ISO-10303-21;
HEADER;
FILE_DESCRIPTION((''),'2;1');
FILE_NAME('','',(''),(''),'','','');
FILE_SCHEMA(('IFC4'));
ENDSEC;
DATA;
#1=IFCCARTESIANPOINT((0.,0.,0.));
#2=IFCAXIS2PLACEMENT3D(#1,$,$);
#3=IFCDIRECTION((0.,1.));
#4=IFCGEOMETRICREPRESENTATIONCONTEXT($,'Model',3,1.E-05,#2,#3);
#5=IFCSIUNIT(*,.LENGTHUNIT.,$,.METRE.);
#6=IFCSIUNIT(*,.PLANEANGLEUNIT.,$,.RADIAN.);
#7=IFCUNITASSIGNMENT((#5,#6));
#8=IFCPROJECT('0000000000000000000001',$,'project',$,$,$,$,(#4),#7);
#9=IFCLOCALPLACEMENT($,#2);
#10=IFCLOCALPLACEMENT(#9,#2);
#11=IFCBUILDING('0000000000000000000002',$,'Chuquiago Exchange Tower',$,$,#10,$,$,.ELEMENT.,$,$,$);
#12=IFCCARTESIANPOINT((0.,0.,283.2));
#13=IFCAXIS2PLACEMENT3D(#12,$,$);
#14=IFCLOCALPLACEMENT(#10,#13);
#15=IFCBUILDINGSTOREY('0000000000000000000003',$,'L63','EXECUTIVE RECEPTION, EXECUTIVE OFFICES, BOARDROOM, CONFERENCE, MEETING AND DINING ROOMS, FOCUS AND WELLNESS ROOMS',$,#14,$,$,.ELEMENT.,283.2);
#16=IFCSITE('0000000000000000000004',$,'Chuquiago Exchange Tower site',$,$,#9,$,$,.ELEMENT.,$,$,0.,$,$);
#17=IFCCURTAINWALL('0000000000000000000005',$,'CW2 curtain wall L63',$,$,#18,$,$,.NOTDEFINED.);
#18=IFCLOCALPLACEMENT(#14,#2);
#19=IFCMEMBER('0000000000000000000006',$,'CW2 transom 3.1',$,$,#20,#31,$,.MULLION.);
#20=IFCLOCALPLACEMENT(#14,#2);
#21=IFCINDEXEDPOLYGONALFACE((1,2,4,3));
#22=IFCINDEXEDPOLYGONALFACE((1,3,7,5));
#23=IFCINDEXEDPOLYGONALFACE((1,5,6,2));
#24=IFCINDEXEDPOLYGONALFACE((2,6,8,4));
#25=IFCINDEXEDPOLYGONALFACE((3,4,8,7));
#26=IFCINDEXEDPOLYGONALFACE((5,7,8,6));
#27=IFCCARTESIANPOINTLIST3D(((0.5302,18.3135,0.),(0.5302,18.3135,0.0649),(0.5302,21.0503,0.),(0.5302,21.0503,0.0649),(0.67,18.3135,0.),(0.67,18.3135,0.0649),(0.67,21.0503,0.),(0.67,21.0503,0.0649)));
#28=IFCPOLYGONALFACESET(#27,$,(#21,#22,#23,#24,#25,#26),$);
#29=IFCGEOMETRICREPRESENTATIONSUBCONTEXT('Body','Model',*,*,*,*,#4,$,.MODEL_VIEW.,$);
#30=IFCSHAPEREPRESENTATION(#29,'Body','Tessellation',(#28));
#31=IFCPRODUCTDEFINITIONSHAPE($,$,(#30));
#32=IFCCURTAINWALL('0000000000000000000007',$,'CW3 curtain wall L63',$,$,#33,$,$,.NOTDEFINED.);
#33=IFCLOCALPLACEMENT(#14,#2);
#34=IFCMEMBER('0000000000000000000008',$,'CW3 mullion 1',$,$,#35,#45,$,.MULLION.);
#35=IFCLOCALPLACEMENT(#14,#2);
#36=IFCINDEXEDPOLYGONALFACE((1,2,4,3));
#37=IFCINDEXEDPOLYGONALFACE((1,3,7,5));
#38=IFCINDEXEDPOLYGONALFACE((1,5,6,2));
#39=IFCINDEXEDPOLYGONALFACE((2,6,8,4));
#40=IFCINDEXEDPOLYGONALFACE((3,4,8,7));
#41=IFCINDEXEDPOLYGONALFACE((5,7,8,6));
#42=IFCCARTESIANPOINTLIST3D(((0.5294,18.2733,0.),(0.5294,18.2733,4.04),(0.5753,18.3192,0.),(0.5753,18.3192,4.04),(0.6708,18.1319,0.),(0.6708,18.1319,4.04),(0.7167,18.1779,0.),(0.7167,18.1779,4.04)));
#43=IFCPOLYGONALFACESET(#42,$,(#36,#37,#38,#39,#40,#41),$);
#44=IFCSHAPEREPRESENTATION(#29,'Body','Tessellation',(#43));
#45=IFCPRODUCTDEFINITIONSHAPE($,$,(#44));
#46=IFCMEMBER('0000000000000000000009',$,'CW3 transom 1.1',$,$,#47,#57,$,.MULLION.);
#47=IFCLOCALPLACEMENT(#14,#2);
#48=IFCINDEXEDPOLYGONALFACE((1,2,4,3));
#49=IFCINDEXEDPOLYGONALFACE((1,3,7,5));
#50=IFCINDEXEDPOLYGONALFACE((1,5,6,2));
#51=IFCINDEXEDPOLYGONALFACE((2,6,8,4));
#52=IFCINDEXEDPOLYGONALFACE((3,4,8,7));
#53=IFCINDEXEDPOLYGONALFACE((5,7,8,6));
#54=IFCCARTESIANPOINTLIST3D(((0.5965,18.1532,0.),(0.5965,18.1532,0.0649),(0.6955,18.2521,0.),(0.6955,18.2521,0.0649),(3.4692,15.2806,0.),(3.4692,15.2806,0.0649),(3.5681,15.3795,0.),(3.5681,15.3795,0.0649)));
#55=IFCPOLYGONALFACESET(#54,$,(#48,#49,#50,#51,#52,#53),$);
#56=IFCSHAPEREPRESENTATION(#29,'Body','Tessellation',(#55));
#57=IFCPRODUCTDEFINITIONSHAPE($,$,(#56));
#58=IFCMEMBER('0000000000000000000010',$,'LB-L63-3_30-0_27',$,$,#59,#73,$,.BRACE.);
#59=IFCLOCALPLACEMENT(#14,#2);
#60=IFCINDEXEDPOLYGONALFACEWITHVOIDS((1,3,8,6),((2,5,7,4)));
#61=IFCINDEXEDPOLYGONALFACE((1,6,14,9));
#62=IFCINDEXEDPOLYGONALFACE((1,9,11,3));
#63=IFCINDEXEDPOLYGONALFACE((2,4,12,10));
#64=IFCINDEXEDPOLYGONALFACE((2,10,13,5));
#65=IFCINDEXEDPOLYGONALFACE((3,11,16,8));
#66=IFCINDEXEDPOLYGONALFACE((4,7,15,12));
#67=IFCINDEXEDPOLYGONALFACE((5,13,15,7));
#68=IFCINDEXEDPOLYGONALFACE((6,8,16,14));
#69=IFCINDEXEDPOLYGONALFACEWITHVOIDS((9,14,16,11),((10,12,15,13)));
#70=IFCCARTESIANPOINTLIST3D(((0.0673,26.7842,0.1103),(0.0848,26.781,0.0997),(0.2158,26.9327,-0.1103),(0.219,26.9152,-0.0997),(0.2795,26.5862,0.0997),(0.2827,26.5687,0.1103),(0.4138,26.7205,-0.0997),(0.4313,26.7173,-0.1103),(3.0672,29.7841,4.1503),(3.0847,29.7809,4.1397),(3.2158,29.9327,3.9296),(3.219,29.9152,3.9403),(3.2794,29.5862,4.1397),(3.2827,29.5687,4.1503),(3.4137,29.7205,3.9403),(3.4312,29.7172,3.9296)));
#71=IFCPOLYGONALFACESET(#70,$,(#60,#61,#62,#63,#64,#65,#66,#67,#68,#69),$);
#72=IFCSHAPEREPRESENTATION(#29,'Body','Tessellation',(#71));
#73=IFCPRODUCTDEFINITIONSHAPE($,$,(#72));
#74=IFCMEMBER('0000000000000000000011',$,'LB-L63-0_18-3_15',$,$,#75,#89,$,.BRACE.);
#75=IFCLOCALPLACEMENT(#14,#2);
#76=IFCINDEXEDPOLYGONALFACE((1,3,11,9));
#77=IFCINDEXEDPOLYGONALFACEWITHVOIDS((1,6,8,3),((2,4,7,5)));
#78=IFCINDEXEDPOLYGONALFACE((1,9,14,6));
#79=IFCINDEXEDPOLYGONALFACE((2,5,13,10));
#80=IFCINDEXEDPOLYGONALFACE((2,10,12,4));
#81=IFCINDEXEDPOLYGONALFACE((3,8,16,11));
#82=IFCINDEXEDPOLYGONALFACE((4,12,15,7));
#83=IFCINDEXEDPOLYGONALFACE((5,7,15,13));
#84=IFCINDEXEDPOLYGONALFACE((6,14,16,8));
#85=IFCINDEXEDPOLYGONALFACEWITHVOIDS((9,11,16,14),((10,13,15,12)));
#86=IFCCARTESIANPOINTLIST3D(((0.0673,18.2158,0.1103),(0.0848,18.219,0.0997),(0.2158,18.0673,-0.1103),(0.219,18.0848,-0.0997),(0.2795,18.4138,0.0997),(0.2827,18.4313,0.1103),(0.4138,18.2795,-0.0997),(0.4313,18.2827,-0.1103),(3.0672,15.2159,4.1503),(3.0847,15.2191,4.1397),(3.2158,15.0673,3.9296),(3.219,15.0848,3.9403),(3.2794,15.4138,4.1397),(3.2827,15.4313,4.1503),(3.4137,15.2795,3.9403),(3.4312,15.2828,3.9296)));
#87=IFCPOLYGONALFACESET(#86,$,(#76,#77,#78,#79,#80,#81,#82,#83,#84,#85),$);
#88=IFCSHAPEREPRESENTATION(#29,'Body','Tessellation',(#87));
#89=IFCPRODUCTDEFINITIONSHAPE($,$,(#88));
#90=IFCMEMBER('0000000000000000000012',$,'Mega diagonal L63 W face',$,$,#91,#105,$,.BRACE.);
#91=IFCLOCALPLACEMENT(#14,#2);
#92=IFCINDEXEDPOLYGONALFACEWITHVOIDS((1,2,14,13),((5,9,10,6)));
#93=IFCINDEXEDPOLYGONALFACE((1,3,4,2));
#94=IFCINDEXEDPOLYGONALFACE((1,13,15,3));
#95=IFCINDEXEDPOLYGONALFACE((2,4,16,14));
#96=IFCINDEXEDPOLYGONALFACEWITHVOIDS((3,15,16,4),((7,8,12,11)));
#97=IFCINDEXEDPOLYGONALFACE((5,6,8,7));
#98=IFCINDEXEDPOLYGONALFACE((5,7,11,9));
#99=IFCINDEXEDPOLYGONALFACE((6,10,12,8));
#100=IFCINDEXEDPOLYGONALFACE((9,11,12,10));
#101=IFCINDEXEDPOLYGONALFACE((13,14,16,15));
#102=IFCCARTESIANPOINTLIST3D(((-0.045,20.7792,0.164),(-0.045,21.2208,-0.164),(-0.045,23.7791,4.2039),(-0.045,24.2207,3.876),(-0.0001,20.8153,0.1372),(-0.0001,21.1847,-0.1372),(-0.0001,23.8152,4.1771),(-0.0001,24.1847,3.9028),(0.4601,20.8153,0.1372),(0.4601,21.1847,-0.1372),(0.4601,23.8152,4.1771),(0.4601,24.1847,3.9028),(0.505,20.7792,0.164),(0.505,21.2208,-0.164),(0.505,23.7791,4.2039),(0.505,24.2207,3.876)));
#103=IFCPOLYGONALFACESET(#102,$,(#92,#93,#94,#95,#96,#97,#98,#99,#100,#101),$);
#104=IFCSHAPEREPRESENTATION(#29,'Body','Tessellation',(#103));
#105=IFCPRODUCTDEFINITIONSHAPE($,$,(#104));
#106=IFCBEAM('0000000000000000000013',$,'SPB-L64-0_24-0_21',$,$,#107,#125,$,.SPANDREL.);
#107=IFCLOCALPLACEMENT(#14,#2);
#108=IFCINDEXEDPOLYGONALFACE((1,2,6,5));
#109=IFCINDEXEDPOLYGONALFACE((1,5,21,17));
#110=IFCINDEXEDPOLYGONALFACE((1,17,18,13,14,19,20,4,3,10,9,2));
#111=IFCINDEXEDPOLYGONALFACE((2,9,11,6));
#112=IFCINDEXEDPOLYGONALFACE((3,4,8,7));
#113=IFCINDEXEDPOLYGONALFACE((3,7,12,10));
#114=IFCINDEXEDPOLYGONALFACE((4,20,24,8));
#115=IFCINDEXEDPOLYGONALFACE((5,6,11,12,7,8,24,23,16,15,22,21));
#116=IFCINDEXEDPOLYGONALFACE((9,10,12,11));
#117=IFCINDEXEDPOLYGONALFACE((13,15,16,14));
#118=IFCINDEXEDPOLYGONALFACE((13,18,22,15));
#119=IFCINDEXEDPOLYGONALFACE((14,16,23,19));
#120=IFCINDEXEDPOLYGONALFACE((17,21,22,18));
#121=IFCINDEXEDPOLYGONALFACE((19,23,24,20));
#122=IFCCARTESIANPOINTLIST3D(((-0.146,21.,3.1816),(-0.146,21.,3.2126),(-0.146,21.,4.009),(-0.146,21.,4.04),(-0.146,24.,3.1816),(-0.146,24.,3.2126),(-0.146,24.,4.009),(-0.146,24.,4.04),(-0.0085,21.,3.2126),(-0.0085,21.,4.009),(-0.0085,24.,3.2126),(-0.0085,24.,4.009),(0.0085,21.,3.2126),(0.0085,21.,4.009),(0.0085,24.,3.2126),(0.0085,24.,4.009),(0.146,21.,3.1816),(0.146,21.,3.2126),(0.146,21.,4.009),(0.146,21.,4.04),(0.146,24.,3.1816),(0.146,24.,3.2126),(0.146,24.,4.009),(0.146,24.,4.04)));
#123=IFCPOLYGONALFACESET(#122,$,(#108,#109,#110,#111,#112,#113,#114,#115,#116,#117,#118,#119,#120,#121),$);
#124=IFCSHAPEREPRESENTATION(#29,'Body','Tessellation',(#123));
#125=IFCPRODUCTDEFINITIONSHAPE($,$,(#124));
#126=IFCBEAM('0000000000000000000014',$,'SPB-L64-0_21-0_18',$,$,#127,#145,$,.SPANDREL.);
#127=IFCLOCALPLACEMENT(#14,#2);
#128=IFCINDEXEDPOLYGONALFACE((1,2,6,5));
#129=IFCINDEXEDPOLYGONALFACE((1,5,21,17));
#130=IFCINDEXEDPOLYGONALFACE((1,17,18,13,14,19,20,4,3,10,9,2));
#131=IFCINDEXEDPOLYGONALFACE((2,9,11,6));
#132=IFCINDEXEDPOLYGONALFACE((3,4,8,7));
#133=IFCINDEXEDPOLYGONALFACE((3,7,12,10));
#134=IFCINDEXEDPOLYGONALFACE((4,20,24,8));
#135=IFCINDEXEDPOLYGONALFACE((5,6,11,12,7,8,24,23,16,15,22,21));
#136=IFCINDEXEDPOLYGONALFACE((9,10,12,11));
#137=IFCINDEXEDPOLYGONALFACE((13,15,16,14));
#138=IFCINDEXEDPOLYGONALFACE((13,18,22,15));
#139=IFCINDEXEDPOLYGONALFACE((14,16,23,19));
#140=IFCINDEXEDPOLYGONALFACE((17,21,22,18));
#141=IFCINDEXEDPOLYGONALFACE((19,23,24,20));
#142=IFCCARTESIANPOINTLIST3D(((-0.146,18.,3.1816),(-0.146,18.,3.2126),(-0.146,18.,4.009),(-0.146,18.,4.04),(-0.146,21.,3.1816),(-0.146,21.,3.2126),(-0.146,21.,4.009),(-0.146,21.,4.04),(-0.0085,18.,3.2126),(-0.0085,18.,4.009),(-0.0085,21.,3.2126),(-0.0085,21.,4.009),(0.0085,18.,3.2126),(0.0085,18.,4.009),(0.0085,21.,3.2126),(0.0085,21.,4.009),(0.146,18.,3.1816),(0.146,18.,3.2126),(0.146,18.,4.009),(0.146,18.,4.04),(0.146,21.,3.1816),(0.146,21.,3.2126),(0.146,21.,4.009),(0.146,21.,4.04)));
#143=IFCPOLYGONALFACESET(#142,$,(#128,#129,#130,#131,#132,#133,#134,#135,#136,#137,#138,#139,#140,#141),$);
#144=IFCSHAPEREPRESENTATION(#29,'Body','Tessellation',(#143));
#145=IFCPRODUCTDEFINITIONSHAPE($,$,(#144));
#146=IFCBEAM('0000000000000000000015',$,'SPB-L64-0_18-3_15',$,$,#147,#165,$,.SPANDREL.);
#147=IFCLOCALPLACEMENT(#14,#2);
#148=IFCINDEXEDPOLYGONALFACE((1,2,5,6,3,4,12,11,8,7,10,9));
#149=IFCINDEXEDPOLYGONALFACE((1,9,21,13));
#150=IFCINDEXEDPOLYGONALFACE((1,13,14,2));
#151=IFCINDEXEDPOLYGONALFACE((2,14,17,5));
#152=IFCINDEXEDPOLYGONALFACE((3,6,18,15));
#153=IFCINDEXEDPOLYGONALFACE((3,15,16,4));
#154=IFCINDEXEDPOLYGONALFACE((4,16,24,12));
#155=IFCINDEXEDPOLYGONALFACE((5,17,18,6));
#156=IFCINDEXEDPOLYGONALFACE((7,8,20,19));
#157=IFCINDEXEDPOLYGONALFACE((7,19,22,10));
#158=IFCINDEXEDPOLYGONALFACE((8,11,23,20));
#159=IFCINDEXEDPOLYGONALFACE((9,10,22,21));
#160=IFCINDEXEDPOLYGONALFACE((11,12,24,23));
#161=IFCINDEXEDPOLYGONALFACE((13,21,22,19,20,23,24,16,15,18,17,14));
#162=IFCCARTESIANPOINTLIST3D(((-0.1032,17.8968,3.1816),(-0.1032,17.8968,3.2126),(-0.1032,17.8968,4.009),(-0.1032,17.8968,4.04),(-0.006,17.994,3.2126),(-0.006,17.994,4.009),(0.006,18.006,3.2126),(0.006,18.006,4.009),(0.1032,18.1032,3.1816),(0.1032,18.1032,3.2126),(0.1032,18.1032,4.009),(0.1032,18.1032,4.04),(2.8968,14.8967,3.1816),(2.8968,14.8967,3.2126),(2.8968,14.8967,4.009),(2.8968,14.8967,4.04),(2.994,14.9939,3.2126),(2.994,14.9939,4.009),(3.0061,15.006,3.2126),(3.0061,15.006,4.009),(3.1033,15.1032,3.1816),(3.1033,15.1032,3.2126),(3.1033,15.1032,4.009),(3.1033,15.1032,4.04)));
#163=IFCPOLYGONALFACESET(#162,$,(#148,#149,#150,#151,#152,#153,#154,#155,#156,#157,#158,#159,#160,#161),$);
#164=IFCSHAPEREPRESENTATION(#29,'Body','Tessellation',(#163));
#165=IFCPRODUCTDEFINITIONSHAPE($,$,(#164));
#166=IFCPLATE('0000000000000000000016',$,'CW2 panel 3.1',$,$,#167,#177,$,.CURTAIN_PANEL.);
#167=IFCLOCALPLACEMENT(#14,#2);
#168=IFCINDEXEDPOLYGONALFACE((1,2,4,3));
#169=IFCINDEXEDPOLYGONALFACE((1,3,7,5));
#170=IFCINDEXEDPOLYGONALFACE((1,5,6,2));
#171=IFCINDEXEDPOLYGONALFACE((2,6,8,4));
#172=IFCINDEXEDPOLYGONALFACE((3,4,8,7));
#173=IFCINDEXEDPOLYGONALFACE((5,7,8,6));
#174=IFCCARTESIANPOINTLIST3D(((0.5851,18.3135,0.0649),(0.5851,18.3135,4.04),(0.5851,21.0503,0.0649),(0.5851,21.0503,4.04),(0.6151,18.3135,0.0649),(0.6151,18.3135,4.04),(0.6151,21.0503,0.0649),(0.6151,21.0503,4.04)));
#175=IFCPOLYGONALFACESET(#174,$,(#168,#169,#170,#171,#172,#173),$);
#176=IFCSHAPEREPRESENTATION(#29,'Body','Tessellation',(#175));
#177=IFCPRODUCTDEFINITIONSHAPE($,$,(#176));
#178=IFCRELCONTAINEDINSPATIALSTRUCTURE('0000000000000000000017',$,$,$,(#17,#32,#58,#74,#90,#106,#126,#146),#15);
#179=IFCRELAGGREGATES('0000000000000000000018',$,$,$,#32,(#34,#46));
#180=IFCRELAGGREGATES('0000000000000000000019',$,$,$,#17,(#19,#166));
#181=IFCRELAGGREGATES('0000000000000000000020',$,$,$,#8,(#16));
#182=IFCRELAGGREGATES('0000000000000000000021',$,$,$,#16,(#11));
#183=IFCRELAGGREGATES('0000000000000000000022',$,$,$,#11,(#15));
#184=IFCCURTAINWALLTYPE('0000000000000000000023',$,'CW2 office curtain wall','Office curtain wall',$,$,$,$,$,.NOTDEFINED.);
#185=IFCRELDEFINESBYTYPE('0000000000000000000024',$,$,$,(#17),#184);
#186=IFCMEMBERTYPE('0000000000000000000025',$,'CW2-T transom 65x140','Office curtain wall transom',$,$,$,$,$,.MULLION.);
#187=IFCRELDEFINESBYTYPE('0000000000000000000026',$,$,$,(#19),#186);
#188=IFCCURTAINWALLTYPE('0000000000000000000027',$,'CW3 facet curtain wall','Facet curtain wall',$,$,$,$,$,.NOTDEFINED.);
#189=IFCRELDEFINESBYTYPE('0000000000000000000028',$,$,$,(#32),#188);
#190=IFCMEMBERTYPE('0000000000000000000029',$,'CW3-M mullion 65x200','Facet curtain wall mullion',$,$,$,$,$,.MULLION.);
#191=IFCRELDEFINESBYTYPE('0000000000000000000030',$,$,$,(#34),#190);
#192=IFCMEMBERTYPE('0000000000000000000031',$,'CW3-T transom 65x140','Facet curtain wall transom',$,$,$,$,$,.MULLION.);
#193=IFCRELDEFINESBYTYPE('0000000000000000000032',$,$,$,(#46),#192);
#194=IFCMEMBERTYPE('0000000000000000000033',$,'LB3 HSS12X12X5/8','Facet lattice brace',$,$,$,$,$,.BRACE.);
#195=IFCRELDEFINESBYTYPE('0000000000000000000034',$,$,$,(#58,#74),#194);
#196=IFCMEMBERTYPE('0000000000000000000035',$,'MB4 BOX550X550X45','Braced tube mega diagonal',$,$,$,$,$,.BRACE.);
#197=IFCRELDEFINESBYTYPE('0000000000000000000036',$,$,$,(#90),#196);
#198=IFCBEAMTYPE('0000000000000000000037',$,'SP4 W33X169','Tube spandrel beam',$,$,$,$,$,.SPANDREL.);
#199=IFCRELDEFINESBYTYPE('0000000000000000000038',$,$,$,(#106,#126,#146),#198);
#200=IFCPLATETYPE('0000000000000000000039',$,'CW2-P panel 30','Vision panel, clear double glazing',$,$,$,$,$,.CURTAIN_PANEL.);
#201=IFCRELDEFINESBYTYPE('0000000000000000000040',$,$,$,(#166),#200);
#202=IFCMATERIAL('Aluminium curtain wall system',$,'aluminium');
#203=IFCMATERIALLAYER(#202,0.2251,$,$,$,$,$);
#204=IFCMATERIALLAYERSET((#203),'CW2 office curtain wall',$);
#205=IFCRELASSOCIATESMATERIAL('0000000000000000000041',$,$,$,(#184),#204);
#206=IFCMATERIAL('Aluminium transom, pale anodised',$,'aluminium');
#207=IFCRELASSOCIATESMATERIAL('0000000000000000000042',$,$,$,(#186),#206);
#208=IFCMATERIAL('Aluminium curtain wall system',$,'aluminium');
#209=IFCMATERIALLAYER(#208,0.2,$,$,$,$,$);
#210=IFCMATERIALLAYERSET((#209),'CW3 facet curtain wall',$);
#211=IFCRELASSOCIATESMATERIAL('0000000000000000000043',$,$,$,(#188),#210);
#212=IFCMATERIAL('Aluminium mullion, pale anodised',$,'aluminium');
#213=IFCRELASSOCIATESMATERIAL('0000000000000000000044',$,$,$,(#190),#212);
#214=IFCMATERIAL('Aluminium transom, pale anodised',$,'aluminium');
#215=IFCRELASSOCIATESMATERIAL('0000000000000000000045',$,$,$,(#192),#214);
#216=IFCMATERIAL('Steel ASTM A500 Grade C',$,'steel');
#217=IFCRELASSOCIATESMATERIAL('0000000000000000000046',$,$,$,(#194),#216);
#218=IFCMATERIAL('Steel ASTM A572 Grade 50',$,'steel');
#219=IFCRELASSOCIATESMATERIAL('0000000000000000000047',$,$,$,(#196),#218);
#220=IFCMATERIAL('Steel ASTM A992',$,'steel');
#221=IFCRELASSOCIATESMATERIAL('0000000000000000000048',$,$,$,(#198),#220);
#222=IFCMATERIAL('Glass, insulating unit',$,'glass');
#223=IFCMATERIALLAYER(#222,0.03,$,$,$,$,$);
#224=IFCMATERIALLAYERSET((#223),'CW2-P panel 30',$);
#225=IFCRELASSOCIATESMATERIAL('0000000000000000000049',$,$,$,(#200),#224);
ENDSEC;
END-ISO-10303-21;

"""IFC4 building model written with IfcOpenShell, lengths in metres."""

from ifc_helpers import new_model, si_unit, direction, frame, origin, origin_2d, place, context, subcontext, project, spatial, rectangle, hollow_rectangle, i_section, extrude, material, layer, layer_set, material_profile, profile_set, type_object, element, aggregate, save


model = new_model("IFC4")

# Units and contexts
model_context = context("Model", 3, precision=1e-05, world=origin(), true_north=direction((0.0, 1.0)))
body_context = subcontext(model_context, "Body", "Model", "MODEL_VIEW")
ifc_project = project(units=[si_unit("LENGTHUNIT", "METRE"), si_unit("PLANEANGLEUNIT", "RADIAN")], contexts=[model_context])

# Site, building, storey
site_placement = place(None, origin())
site = spatial("IfcSite", under=ifc_project, at=site_placement, Name="Chuquiago Exchange Tower site", CompositionType="ELEMENT", RefElevation=0.0)
building_placement = place(site_placement, origin())
building = spatial("IfcBuilding", under=site, at=building_placement, Name="Chuquiago Exchange Tower", CompositionType="ELEMENT")
storey_placement = place(building_placement, frame((0.0, 0.0, 283.2)))
storey = spatial("IfcBuildingStorey", under=building, at=storey_placement, Name="L63", Description="EXECUTIVE RECEPTION, EXECUTIVE OFFICES, BOARDROOM, CONFERENCE, MEETING AND DINING ROOMS, FOCUS AND WELLNESS ROOMS", CompositionType="ELEMENT", Elevation=283.2)

# Curtain walls, members
ifc_material_1 = material(Name="Aluminium curtain wall system", Category="aluminium")
ifc_layer_1 = layer(ifc_material_1, 0.2251)
ifc_layer_set_1 = layer_set([ifc_layer_1], Name="CW2 office curtain wall")
curtain_wall_type_1 = type_object("IfcCurtainWallType", Name="CW2 office curtain wall", Description="Office curtain wall", PredefinedType="NOTDEFINED", material=ifc_layer_set_1)
curtain_wall_1_placement = place(storey_placement, origin())
curtain_wall_1 = element("IfcCurtainWall", 1, at=curtain_wall_1_placement, inside=storey, type_object=curtain_wall_type_1, Name="CW2 curtain wall L63", PredefinedType="NOTDEFINED")
ifc_material_2 = material(Name="Aluminium transom, pale anodised", Category="aluminium")
ifc_material_profile_1 = material_profile(ifc_material_2, rectangle(XDim=0.1399, YDim=0.0649, at=origin_2d()), Name="AL 140x65")
ifc_profile_set_1 = profile_set([ifc_material_profile_1], Name="Aluminium transom, pale anodised")
member_type_1 = type_object("IfcMemberType", Name="CW2-T transom 65x140", Description="Office curtain wall transom", PredefinedType="MULLION", material=ifc_profile_set_1)
member_1_placement = place(storey_placement, frame((0.6001, 21.0503, 0.0325), z_axis=(0.0, -1.0, 0.0), x_axis=(1.0, 0.0, 0.0)))
member_1 = element("IfcMember", 2, at=member_1_placement, type_object=member_type_1, Name="CW2 transom 3.1", PredefinedType="MULLION", context=body_context, shape_type="SweptSolid", body=[
    extrude(rectangle(XDim=0.1399, YDim=0.0649, at=origin_2d()), origin(), (0.0, 0.0, 1.0), 2.7368),
])
ifc_material_3 = material(Name="Aluminium curtain wall system", Category="aluminium")
ifc_layer_2 = layer(ifc_material_3, 0.2)
ifc_layer_set_2 = layer_set([ifc_layer_2], Name="CW3 facet curtain wall")
curtain_wall_type_2 = type_object("IfcCurtainWallType", Name="CW3 facet curtain wall", Description="Facet curtain wall", PredefinedType="NOTDEFINED", material=ifc_layer_set_2)
curtain_wall_2_placement = place(storey_placement, origin())
curtain_wall_2 = element("IfcCurtainWall", 3, at=curtain_wall_2_placement, inside=storey, type_object=curtain_wall_type_2, Name="CW3 curtain wall L63", PredefinedType="NOTDEFINED")
ifc_material_4 = material(Name="Aluminium mullion, pale anodised", Category="aluminium")
ifc_material_profile_2 = material_profile(ifc_material_4, rectangle(XDim=0.0649, YDim=0.2, at=origin_2d()), Name="AL 65x200")
ifc_profile_set_2 = profile_set([ifc_material_profile_2], Name="Aluminium mullion, pale anodised")
member_type_2 = type_object("IfcMemberType", Name="CW3-M mullion 65x200", Description="Facet curtain wall mullion", PredefinedType="MULLION", material=ifc_profile_set_2)
member_2_placement = place(storey_placement, frame((0.623, 18.2256, 0.0), z_axis=(0.0, 0.0, 1.0), x_axis=(0.707107, 0.707107, 0.0)))
member_2 = element("IfcMember", 4, at=member_2_placement, type_object=member_type_2, Name="CW3 mullion 1", PredefinedType="MULLION", context=body_context, shape_type="SweptSolid", body=[
    extrude(rectangle(XDim=0.0649, YDim=0.2, at=origin_2d()), origin(), (0.0, 0.0, 1.0), 4.04),
])
ifc_material_5 = material(Name="Aluminium transom, pale anodised", Category="aluminium")
ifc_material_profile_3 = material_profile(ifc_material_5, rectangle(XDim=0.1399, YDim=0.0649, at=origin_2d()), Name="AL 140x65")
ifc_profile_set_3 = profile_set([ifc_material_profile_3], Name="Aluminium transom, pale anodised")
member_type_3 = type_object("IfcMemberType", Name="CW3-T transom 65x140", Description="Facet curtain wall transom", PredefinedType="MULLION", material=ifc_profile_set_3)
member_3_placement = place(storey_placement, frame((0.646, 18.2026, 0.0325), z_axis=(0.707107, -0.707107, 0.0), x_axis=(0.707107, 0.707107, 0.0)))
member_3 = element("IfcMember", 5, at=member_3_placement, type_object=member_type_3, Name="CW3 transom 1.1", PredefinedType="MULLION", context=body_context, shape_type="SweptSolid", body=[
    extrude(rectangle(XDim=0.1399, YDim=0.0649, at=origin_2d()), origin(), (0.0, 0.0, 1.0), 4.0625),
])
aggregate(curtain_wall_2, [member_2, member_3])

# Members
ifc_material_6 = material(Name="Steel ASTM A500 Grade C", Category="steel")
ifc_material_profile_4 = material_profile(ifc_material_6, hollow_rectangle(XDim=0.3047, YDim=0.3047, WallThickness=0.0146, at=origin_2d()), Name="HSS12X12X5/8")
ifc_profile_set_4 = profile_set([ifc_material_profile_4], Name="Steel ASTM A500 Grade C")
member_type_4 = type_object("IfcMemberType", Name="LB3 HSS12X12X5/8", Description="Facet lattice brace", PredefinedType="BRACE", material=ifc_profile_set_4)
for number, where, z_axis, x_axis, name in (
    (6, (0.2493, 26.7507, 0.0), (0.512077, 0.512077, 0.689604), (-0.707107, 0.707107, 0.0), "LB-L63-3_30-0_27"),
    (7, (0.2493, 18.2493, 0.0), (0.512077, -0.512077, 0.689604), (0.707107, 0.707107, 0.0), "LB-L63-0_18-3_15"),
):
    element("IfcMember", number, at=place(storey_placement, frame(where, z_axis=z_axis, x_axis=x_axis)), inside=storey, type_object=member_type_4, Name=name, PredefinedType="BRACE", context=body_context, shape_type="SweptSolid", body=[
        extrude(hollow_rectangle(XDim=0.3047, YDim=0.3047, WallThickness=0.0146, at=origin_2d()), origin(), (0.0, 0.0, 1.0), 5.8584),
    ])
ifc_material_7 = material(Name="Steel ASTM A572 Grade 50", Category="steel")
ifc_material_profile_5 = material_profile(ifc_material_7, hollow_rectangle(XDim=0.55, YDim=0.55, WallThickness=0.0449, at=origin_2d()), Name="BOX550X550X45")
ifc_profile_set_5 = profile_set([ifc_material_profile_5], Name="Steel ASTM A572 Grade 50")
member_type_5 = type_object("IfcMemberType", Name="MB4 BOX550X550X45", Description="Braced tube mega diagonal", PredefinedType="BRACE", material=ifc_profile_set_5)
member_4_placement = place(storey_placement, frame((0.23, 21.0, 0.0), z_axis=(0.0, 0.596174, 0.802855), x_axis=(-1.0, 0.0, 0.0)))
element("IfcMember", 8, at=member_4_placement, inside=storey, type_object=member_type_5, Name="Mega diagonal L63 W face", PredefinedType="BRACE", context=body_context, shape_type="SweptSolid", body=[
    extrude(hollow_rectangle(XDim=0.55, YDim=0.55, WallThickness=0.0449, at=origin_2d()), origin(), (0.0, 0.0, 1.0), 5.032),
])

# Beams
ifc_material_8 = material(Name="Steel ASTM A992", Category="steel")
ifc_material_profile_6 = material_profile(ifc_material_8, i_section(OverallWidth=0.292, OverallDepth=0.8584, WebThickness=0.0171, FlangeThickness=0.031, at=origin_2d()), Name="W33X169")
ifc_profile_set_6 = profile_set([ifc_material_profile_6], Name="Steel ASTM A992")
beam_type_1 = type_object("IfcBeamType", Name="SP4 W33X169", Description="Tube spandrel beam", PredefinedType="SPANDREL", material=ifc_profile_set_6)
for number, where, z_axis, x_axis, name in (
    (9, (0.0, 24.0, 3.6108), (0.0, -1.0, 0.0), (1.0, 0.0, 0.0), "SPB-L64-0_24-0_21"),
    (10, (0.0, 21.0, 3.6108), (0.0, -1.0, 0.0), (1.0, 0.0, 0.0), "SPB-L64-0_21-0_18"),
):
    element("IfcBeam", number, at=place(storey_placement, frame(where, z_axis=z_axis, x_axis=x_axis)), inside=storey, type_object=beam_type_1, Name=name, PredefinedType="SPANDREL", context=body_context, shape_type="SweptSolid", body=[
        extrude(i_section(OverallWidth=0.292, OverallDepth=0.8584, WebThickness=0.0171, FlangeThickness=0.031, at=origin_2d()), origin(), (0.0, 0.0, 1.0), 3.0),
    ])
beam_placement = place(storey_placement, frame((0.0, 18.0, 3.6108), z_axis=(0.707107, -0.707107, 0.0), x_axis=(0.707107, 0.707107, 0.0)))
element("IfcBeam", 11, at=beam_placement, inside=storey, type_object=beam_type_1, Name="SPB-L64-0_18-3_15", PredefinedType="SPANDREL", context=body_context, shape_type="SweptSolid", body=[
    extrude(i_section(OverallWidth=0.292, OverallDepth=0.8584, WebThickness=0.0171, FlangeThickness=0.031, at=origin_2d()), origin(), (0.0, 0.0, 1.0), 4.2427),
])

# Plate
ifc_material_9 = material(Name="Glass, insulating unit", Category="glass")
ifc_layer_3 = layer(ifc_material_9, 0.03)
ifc_layer_set_3 = layer_set([ifc_layer_3], Name="CW2-P panel 30")
plate_type_1 = type_object("IfcPlateType", Name="CW2-P panel 30", Description="Vision panel, clear double glazing", PredefinedType="CURTAIN_PANEL", material=ifc_layer_set_3)
plate_1_placement = place(storey_placement, frame((0.6001, 19.6819, 0.0649), z_axis=(0.0, 0.0, 1.0), x_axis=(0.0, -1.0, 0.0)))
plate_1 = element("IfcPlate", 12, at=plate_1_placement, type_object=plate_type_1, Name="CW2 panel 3.1", PredefinedType="CURTAIN_PANEL", context=body_context, shape_type="SweptSolid", body=[
    extrude(rectangle(XDim=2.7368, YDim=0.03, at=origin_2d()), origin(), (0.0, 0.0, 1.0), 3.9751),
])
aggregate(curtain_wall_1, [member_1, plate_1])

save(model, "model.ifc")
